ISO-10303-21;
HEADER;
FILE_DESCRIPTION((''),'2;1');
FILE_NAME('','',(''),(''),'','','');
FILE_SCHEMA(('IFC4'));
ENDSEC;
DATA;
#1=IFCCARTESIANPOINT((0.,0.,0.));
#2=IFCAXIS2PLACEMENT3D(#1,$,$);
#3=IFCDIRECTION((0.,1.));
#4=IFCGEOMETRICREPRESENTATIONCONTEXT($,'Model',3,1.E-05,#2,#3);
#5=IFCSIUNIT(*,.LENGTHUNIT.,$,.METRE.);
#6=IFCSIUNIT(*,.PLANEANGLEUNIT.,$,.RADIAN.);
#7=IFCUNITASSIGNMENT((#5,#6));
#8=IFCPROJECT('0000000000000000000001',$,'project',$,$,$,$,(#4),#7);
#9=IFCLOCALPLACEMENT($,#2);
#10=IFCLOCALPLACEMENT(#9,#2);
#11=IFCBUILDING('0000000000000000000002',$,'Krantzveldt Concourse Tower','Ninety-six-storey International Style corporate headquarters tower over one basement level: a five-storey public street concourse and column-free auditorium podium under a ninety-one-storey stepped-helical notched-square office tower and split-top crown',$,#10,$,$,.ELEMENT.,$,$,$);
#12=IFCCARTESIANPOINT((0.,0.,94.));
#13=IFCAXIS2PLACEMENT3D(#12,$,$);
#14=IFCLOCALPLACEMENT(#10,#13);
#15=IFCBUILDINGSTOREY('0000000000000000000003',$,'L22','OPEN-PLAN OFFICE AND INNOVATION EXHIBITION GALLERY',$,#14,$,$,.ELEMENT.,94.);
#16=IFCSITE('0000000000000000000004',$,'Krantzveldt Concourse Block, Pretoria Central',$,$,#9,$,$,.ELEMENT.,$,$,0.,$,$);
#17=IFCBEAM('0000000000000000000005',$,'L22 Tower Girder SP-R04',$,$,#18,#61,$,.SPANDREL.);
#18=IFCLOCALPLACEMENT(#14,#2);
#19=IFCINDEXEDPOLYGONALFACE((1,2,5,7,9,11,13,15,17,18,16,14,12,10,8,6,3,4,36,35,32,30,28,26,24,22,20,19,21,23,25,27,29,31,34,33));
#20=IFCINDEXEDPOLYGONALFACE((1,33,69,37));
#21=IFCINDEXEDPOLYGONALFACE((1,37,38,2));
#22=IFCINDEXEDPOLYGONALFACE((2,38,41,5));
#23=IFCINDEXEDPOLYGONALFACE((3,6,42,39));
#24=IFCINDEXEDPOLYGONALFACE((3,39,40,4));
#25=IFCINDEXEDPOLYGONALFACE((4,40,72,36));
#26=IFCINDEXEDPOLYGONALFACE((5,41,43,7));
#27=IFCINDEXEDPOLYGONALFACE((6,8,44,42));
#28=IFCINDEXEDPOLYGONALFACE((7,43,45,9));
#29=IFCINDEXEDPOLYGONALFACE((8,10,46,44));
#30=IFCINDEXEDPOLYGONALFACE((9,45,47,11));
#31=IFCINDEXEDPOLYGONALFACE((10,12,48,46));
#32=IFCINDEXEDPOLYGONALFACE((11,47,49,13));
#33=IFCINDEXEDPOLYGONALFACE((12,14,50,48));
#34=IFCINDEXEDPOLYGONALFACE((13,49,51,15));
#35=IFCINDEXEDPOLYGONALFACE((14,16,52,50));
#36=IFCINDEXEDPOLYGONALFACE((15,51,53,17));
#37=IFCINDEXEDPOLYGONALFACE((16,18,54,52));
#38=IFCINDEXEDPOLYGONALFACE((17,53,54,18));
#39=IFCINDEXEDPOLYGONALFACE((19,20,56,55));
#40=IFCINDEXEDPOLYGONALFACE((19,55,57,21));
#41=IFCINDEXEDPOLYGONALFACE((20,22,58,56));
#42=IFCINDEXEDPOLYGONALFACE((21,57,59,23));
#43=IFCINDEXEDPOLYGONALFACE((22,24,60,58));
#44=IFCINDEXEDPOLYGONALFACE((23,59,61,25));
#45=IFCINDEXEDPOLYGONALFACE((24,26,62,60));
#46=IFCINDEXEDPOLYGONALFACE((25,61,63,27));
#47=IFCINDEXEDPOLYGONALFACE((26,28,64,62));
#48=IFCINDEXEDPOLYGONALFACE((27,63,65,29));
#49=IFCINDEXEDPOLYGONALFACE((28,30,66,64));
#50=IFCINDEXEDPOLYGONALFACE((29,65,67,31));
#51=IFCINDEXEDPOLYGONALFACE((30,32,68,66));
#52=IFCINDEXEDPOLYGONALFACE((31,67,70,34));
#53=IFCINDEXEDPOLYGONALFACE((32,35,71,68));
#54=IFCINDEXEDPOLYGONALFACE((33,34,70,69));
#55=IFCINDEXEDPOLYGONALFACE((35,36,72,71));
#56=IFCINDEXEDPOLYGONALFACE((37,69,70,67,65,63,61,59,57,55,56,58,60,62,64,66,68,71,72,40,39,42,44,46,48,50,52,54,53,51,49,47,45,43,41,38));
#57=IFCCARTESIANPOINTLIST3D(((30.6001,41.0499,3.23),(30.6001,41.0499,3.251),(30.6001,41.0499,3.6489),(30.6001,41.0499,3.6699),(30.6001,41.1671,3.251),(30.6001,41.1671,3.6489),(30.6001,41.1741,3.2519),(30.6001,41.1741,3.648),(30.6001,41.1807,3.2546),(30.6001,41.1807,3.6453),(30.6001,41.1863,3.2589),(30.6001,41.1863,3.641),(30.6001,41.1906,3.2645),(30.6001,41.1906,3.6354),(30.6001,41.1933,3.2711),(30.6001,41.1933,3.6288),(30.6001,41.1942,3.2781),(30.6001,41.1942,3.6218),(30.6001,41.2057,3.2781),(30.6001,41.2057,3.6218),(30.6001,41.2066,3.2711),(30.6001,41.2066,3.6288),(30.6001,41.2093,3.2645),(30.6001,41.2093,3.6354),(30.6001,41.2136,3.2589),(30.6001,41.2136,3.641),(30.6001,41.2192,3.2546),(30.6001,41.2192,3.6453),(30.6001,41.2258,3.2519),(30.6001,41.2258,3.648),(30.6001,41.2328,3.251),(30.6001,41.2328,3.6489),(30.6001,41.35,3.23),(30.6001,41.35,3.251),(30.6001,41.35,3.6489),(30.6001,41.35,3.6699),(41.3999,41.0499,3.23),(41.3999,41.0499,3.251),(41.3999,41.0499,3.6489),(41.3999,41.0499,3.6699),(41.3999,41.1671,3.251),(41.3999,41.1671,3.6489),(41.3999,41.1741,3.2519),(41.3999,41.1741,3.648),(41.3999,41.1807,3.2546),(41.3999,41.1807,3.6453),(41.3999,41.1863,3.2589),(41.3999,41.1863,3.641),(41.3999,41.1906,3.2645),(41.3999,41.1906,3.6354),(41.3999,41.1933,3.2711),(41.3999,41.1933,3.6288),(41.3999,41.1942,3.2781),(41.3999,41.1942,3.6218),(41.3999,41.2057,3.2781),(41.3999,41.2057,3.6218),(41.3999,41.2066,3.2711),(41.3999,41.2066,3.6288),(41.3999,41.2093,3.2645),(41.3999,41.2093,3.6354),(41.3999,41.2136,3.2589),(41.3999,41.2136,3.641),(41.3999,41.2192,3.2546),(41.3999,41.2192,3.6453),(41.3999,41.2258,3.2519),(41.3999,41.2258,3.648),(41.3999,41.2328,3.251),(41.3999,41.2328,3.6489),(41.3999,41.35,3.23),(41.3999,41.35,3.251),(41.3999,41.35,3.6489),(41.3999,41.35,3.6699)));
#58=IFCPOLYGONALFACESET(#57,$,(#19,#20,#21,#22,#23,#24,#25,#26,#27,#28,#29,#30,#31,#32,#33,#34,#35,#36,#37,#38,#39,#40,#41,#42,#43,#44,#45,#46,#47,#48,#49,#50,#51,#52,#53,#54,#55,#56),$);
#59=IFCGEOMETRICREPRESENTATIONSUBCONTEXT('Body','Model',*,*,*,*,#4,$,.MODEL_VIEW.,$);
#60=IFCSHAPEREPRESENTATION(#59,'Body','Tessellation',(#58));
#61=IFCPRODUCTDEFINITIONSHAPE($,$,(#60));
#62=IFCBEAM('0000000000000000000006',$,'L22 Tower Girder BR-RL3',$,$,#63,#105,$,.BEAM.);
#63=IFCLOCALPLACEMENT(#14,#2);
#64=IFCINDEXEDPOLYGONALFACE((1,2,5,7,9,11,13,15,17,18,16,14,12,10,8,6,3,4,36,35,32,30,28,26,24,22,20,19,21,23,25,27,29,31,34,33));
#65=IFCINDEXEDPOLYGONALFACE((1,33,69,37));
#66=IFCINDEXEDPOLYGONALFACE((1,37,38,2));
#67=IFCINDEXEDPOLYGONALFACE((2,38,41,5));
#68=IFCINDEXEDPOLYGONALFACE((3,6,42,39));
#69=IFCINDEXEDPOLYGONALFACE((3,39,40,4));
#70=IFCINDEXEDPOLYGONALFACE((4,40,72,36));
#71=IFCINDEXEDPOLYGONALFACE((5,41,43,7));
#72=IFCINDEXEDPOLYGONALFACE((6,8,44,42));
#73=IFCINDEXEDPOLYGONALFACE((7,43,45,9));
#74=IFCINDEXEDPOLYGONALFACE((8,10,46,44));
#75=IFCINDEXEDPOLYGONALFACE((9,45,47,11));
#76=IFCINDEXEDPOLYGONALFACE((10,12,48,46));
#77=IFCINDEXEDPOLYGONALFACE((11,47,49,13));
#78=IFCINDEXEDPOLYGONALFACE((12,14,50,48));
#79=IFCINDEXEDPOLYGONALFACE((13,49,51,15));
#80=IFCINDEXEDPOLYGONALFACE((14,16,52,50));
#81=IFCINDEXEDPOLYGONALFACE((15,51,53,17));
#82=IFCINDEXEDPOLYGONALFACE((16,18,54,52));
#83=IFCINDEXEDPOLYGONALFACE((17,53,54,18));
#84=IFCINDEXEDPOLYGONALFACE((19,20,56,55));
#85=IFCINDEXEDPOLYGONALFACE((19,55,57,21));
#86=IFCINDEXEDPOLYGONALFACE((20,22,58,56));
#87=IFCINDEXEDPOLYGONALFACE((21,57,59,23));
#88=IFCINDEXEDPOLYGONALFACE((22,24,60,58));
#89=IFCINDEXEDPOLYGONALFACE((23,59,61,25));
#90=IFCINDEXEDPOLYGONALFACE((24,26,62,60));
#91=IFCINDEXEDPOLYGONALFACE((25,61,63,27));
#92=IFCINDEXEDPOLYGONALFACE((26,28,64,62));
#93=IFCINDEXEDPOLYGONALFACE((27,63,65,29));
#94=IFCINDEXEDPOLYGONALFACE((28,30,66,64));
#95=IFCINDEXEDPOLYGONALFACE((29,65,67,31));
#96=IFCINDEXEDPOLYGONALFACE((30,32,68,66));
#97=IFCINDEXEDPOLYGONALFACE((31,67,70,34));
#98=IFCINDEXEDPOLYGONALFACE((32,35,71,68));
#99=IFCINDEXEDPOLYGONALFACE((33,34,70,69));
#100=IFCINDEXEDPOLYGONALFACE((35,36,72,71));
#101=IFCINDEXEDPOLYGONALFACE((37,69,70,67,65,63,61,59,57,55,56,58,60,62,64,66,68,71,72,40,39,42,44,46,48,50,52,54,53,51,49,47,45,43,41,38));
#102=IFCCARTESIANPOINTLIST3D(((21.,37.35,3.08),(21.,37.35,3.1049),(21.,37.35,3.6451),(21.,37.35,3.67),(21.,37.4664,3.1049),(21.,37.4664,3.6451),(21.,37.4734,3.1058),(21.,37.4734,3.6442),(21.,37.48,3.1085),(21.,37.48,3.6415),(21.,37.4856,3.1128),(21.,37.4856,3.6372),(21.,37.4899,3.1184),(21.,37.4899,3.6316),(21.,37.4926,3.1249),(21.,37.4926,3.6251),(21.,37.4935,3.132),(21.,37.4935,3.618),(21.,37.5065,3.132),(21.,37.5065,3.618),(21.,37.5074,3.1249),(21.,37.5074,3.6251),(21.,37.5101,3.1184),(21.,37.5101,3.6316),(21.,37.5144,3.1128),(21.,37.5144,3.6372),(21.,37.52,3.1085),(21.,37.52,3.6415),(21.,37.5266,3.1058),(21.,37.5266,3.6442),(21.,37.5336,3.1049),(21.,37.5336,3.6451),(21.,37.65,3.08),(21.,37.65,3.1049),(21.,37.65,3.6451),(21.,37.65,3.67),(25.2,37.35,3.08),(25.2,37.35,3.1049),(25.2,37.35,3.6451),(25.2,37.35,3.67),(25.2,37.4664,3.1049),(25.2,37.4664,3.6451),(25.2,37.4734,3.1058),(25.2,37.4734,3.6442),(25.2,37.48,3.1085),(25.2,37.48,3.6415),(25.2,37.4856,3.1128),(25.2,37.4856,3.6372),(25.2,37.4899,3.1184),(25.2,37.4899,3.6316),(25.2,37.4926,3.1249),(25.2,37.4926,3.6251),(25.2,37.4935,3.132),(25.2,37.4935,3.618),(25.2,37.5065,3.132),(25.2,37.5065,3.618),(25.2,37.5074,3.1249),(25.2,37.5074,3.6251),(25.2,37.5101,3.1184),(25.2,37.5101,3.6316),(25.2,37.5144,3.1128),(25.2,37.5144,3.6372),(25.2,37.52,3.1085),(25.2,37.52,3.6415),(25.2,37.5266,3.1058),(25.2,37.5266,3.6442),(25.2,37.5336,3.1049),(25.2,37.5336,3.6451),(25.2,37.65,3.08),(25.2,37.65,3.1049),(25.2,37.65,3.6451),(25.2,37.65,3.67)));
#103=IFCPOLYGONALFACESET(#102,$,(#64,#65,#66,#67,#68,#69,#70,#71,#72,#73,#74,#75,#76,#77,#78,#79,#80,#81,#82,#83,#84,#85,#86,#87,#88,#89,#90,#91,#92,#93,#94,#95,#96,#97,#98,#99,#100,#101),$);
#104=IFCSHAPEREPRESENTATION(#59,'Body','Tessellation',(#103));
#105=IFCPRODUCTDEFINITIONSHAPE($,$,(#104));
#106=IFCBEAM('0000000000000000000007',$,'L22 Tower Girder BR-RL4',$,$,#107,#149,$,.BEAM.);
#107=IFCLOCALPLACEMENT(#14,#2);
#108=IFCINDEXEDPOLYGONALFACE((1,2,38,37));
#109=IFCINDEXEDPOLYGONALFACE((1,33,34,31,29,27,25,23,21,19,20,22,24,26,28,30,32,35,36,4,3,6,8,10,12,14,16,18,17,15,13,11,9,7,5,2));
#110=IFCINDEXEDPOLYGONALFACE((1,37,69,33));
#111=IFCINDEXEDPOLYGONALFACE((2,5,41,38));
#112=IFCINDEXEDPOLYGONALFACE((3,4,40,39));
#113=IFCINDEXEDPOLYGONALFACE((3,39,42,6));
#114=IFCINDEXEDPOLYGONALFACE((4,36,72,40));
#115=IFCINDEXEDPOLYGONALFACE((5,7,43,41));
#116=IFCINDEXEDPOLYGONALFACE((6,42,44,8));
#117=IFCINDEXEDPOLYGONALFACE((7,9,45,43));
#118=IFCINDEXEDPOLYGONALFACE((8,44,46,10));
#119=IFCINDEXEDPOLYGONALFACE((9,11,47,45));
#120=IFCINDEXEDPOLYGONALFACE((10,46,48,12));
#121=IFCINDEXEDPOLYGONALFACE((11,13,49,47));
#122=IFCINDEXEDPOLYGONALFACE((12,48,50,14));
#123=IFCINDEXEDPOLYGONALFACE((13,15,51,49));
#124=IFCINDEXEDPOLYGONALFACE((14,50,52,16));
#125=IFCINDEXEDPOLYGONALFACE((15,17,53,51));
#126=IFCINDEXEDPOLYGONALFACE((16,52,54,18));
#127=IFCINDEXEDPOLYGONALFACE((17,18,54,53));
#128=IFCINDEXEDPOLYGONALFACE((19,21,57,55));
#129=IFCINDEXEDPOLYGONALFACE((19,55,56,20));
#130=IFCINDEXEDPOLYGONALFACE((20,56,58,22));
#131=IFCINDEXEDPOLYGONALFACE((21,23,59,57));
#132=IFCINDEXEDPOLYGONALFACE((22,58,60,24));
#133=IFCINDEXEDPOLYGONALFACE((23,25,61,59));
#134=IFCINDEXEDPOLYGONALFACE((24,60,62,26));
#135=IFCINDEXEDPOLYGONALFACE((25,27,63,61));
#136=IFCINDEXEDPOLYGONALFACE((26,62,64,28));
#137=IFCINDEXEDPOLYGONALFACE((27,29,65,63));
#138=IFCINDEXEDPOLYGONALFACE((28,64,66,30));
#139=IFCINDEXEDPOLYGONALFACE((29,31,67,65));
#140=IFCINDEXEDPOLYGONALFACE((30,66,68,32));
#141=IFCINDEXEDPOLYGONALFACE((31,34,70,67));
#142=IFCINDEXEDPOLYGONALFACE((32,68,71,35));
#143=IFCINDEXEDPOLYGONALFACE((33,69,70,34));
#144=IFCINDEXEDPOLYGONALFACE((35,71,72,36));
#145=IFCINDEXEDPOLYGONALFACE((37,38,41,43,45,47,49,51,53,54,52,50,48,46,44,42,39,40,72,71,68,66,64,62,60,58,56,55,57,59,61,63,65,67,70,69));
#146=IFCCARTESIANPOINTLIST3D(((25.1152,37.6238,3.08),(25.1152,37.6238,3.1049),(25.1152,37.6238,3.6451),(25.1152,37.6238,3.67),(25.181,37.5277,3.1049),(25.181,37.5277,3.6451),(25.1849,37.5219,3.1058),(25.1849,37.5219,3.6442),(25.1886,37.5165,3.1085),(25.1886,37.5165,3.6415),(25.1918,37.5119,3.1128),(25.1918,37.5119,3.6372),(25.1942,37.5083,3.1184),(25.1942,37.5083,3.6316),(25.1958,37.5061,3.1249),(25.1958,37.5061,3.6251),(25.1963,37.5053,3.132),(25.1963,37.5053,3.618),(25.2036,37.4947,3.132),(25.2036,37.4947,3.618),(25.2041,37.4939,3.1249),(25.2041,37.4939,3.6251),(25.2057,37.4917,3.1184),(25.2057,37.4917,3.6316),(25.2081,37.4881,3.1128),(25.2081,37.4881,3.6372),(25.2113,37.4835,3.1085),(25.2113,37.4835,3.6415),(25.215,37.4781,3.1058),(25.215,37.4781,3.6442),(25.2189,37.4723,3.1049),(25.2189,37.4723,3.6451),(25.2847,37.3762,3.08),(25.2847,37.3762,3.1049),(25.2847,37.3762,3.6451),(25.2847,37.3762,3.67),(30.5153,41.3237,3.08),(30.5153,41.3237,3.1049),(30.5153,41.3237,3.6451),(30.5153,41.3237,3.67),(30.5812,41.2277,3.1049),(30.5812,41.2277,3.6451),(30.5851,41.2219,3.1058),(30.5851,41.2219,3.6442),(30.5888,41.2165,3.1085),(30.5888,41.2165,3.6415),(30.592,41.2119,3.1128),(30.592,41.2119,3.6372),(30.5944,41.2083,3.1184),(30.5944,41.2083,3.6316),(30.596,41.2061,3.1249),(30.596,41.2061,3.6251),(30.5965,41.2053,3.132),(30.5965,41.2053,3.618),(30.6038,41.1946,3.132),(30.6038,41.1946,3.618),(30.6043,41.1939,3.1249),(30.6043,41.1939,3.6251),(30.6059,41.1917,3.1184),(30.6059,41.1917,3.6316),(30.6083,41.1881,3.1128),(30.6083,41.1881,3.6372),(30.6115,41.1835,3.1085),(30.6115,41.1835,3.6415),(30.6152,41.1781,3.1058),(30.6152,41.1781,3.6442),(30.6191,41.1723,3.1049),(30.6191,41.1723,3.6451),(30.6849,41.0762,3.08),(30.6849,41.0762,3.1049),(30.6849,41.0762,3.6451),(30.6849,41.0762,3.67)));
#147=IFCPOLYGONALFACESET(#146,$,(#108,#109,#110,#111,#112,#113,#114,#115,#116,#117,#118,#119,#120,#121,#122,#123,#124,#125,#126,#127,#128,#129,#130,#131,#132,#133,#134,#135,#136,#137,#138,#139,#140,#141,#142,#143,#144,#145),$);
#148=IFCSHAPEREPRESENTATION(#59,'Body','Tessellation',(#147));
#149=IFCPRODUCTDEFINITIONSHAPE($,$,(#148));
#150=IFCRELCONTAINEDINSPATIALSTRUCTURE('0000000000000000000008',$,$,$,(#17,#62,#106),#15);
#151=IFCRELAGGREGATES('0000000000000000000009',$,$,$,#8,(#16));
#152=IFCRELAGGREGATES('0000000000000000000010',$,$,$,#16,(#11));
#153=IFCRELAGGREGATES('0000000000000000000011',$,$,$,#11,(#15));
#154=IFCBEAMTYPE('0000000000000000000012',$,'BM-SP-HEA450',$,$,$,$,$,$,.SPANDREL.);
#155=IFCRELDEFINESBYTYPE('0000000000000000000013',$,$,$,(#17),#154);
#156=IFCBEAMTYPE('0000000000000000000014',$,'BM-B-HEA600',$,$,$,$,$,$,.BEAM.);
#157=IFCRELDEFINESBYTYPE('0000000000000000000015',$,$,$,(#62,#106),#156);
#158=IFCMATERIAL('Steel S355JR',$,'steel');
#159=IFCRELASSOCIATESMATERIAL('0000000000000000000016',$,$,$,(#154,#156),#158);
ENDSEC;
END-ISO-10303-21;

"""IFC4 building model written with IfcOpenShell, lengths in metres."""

from ifc_helpers import new_model, si_unit, direction, frame, origin, origin_2d, place, context, subcontext, project, spatial, i_section, extrude, source, transform, mapped, material, material_profile, profile_set, type_object, type_shapes, element, save


model = new_model("IFC4")

# Units and contexts
model_context = context("Model", 3, precision=1e-05, world=origin(), true_north=direction((0.0, 1.0)))
body_context = subcontext(model_context, "Body", "Model", "MODEL_VIEW")
ifc_project = project(units=[si_unit("LENGTHUNIT", "METRE"), si_unit("PLANEANGLEUNIT", "RADIAN")], contexts=[model_context])

# Site, building, storey
site_placement = place(None, origin())
site = spatial("IfcSite", under=ifc_project, at=site_placement, Name="Krantzveldt Concourse Block, Pretoria Central", CompositionType="ELEMENT", RefElevation=0.0)
building_placement = place(site_placement, origin())
building = spatial("IfcBuilding", under=site, at=building_placement, Name="Krantzveldt Concourse Tower", Description="Ninety-six-storey International Style corporate headquarters tower over one basement level: a five-storey public street concourse and column-free auditorium podium under a ninety-one-storey stepped-helical notched-square office tower and split-top crown", CompositionType="ELEMENT")
storey_placement = place(building_placement, frame((0.0, 0.0, 94.0)))
storey = spatial("IfcBuildingStorey", under=building, at=storey_placement, Name="L22", Description="OPEN-PLAN OFFICE AND INNOVATION EXHIBITION GALLERY", CompositionType="ELEMENT", Elevation=94.0)

# Beams
ifc_material_1 = material(Name="Steel S355JR", Category="steel")
ifc_material_profile_1 = material_profile(ifc_material_1, i_section(OverallWidth=0.3, OverallDepth=0.4399, WebThickness=0.0115, FlangeThickness=0.021, FilletRadius=0.0271, at=origin_2d()), Name="Steel S355JR", Category="steel")
ifc_profile_set_1 = profile_set([ifc_material_profile_1], Name="Steel S355JR - HEA 450")
beam_type_1 = type_object("IfcBeamType", Name="BM-SP-HEA450", PredefinedType="SPANDREL", material=ifc_profile_set_1)
shared_shape_1 = source(origin(), body_context, "Body", "SweptSolid", [
    extrude(i_section(OverallWidth=0.3, OverallDepth=0.4399, WebThickness=0.0115, FlangeThickness=0.021, FilletRadius=0.0271, at=origin_2d()), origin(), (0.0, 0.0, 1.0), 10.7998),
])
beam_1_placement = place(storey_placement, frame((30.6001, 41.2, 3.45), z_axis=(1.0, 0.0, 0.0), x_axis=(0.0, 1.0, 0.0)))
element("IfcBeam", 1, at=beam_1_placement, inside=storey, type_object=beam_type_1, Name="L22 Tower Girder SP-R04", PredefinedType="SPANDREL", context=body_context, shape_type="MappedRepresentation", body=[
    mapped(shared_shape_1, transform((0.0, 0.0, 0.0), x_axis=(1.0, 0.0, 0.0), y_axis=(0.0, 1.0, 0.0), z_axis=(0.0, 0.0, 1.0), scale=1.0)),
])
ifc_material_profile_2 = material_profile(ifc_material_1, i_section(OverallWidth=0.3, OverallDepth=0.5901, WebThickness=0.0129, FlangeThickness=0.0249, FilletRadius=0.0271, at=origin_2d()), Name="Steel S355JR", Category="steel")
ifc_profile_set_2 = profile_set([ifc_material_profile_2], Name="Steel S355JR - HEA 600")
beam_type_2 = type_object("IfcBeamType", Name="BM-B-HEA600", PredefinedType="BEAM", material=ifc_profile_set_2)
shared_shape_2 = source(origin(), body_context, "Body", "SweptSolid", [
    extrude(i_section(OverallWidth=0.3, OverallDepth=0.5901, WebThickness=0.0129, FlangeThickness=0.0249, FilletRadius=0.0271, at=origin_2d()), origin(), (0.0, 0.0, 1.0), 4.2),
])
beam_2_placement = place(storey_placement, frame((21.0, 37.5, 3.375), z_axis=(1.0, 0.0, 0.0), x_axis=(0.0, 1.0, 0.0)))
element("IfcBeam", 2, at=beam_2_placement, inside=storey, type_object=beam_type_2, Name="L22 Tower Girder BR-RL3", PredefinedType="BEAM", context=body_context, shape_type="MappedRepresentation", body=[
    mapped(shared_shape_2, transform((0.0, 0.0, 0.0), x_axis=(1.0, 0.0, 0.0), y_axis=(0.0, 1.0, 0.0), z_axis=(0.0, 0.0, 1.0), scale=1.0)),
])
shared_shape_3 = source(origin(), body_context, "Body", "SweptSolid", [
    extrude(i_section(OverallWidth=0.3, OverallDepth=0.5901, WebThickness=0.0129, FlangeThickness=0.0249, FilletRadius=0.0271, at=origin_2d()), origin(), (0.0, 0.0, 1.0), 6.5461),
])
type_shapes(beam_type_2, [shared_shape_2, shared_shape_3])
beam_3_placement = place(storey_placement, frame((25.2, 37.5, 3.375), z_axis=(0.824943, 0.565216, 0.0), x_axis=(-0.565216, 0.824943, 0.0)))
element("IfcBeam", 3, at=beam_3_placement, inside=storey, type_object=beam_type_2, Name="L22 Tower Girder BR-RL4", PredefinedType="BEAM", context=body_context, shape_type="MappedRepresentation", body=[
    mapped(shared_shape_3, transform((0.0, 0.0, 0.0), x_axis=(1.0, 0.0, 0.0), y_axis=(0.0, 1.0, 0.0), z_axis=(0.0, 0.0, 1.0), scale=1.0)),
])

save(model, "model.ifc")
